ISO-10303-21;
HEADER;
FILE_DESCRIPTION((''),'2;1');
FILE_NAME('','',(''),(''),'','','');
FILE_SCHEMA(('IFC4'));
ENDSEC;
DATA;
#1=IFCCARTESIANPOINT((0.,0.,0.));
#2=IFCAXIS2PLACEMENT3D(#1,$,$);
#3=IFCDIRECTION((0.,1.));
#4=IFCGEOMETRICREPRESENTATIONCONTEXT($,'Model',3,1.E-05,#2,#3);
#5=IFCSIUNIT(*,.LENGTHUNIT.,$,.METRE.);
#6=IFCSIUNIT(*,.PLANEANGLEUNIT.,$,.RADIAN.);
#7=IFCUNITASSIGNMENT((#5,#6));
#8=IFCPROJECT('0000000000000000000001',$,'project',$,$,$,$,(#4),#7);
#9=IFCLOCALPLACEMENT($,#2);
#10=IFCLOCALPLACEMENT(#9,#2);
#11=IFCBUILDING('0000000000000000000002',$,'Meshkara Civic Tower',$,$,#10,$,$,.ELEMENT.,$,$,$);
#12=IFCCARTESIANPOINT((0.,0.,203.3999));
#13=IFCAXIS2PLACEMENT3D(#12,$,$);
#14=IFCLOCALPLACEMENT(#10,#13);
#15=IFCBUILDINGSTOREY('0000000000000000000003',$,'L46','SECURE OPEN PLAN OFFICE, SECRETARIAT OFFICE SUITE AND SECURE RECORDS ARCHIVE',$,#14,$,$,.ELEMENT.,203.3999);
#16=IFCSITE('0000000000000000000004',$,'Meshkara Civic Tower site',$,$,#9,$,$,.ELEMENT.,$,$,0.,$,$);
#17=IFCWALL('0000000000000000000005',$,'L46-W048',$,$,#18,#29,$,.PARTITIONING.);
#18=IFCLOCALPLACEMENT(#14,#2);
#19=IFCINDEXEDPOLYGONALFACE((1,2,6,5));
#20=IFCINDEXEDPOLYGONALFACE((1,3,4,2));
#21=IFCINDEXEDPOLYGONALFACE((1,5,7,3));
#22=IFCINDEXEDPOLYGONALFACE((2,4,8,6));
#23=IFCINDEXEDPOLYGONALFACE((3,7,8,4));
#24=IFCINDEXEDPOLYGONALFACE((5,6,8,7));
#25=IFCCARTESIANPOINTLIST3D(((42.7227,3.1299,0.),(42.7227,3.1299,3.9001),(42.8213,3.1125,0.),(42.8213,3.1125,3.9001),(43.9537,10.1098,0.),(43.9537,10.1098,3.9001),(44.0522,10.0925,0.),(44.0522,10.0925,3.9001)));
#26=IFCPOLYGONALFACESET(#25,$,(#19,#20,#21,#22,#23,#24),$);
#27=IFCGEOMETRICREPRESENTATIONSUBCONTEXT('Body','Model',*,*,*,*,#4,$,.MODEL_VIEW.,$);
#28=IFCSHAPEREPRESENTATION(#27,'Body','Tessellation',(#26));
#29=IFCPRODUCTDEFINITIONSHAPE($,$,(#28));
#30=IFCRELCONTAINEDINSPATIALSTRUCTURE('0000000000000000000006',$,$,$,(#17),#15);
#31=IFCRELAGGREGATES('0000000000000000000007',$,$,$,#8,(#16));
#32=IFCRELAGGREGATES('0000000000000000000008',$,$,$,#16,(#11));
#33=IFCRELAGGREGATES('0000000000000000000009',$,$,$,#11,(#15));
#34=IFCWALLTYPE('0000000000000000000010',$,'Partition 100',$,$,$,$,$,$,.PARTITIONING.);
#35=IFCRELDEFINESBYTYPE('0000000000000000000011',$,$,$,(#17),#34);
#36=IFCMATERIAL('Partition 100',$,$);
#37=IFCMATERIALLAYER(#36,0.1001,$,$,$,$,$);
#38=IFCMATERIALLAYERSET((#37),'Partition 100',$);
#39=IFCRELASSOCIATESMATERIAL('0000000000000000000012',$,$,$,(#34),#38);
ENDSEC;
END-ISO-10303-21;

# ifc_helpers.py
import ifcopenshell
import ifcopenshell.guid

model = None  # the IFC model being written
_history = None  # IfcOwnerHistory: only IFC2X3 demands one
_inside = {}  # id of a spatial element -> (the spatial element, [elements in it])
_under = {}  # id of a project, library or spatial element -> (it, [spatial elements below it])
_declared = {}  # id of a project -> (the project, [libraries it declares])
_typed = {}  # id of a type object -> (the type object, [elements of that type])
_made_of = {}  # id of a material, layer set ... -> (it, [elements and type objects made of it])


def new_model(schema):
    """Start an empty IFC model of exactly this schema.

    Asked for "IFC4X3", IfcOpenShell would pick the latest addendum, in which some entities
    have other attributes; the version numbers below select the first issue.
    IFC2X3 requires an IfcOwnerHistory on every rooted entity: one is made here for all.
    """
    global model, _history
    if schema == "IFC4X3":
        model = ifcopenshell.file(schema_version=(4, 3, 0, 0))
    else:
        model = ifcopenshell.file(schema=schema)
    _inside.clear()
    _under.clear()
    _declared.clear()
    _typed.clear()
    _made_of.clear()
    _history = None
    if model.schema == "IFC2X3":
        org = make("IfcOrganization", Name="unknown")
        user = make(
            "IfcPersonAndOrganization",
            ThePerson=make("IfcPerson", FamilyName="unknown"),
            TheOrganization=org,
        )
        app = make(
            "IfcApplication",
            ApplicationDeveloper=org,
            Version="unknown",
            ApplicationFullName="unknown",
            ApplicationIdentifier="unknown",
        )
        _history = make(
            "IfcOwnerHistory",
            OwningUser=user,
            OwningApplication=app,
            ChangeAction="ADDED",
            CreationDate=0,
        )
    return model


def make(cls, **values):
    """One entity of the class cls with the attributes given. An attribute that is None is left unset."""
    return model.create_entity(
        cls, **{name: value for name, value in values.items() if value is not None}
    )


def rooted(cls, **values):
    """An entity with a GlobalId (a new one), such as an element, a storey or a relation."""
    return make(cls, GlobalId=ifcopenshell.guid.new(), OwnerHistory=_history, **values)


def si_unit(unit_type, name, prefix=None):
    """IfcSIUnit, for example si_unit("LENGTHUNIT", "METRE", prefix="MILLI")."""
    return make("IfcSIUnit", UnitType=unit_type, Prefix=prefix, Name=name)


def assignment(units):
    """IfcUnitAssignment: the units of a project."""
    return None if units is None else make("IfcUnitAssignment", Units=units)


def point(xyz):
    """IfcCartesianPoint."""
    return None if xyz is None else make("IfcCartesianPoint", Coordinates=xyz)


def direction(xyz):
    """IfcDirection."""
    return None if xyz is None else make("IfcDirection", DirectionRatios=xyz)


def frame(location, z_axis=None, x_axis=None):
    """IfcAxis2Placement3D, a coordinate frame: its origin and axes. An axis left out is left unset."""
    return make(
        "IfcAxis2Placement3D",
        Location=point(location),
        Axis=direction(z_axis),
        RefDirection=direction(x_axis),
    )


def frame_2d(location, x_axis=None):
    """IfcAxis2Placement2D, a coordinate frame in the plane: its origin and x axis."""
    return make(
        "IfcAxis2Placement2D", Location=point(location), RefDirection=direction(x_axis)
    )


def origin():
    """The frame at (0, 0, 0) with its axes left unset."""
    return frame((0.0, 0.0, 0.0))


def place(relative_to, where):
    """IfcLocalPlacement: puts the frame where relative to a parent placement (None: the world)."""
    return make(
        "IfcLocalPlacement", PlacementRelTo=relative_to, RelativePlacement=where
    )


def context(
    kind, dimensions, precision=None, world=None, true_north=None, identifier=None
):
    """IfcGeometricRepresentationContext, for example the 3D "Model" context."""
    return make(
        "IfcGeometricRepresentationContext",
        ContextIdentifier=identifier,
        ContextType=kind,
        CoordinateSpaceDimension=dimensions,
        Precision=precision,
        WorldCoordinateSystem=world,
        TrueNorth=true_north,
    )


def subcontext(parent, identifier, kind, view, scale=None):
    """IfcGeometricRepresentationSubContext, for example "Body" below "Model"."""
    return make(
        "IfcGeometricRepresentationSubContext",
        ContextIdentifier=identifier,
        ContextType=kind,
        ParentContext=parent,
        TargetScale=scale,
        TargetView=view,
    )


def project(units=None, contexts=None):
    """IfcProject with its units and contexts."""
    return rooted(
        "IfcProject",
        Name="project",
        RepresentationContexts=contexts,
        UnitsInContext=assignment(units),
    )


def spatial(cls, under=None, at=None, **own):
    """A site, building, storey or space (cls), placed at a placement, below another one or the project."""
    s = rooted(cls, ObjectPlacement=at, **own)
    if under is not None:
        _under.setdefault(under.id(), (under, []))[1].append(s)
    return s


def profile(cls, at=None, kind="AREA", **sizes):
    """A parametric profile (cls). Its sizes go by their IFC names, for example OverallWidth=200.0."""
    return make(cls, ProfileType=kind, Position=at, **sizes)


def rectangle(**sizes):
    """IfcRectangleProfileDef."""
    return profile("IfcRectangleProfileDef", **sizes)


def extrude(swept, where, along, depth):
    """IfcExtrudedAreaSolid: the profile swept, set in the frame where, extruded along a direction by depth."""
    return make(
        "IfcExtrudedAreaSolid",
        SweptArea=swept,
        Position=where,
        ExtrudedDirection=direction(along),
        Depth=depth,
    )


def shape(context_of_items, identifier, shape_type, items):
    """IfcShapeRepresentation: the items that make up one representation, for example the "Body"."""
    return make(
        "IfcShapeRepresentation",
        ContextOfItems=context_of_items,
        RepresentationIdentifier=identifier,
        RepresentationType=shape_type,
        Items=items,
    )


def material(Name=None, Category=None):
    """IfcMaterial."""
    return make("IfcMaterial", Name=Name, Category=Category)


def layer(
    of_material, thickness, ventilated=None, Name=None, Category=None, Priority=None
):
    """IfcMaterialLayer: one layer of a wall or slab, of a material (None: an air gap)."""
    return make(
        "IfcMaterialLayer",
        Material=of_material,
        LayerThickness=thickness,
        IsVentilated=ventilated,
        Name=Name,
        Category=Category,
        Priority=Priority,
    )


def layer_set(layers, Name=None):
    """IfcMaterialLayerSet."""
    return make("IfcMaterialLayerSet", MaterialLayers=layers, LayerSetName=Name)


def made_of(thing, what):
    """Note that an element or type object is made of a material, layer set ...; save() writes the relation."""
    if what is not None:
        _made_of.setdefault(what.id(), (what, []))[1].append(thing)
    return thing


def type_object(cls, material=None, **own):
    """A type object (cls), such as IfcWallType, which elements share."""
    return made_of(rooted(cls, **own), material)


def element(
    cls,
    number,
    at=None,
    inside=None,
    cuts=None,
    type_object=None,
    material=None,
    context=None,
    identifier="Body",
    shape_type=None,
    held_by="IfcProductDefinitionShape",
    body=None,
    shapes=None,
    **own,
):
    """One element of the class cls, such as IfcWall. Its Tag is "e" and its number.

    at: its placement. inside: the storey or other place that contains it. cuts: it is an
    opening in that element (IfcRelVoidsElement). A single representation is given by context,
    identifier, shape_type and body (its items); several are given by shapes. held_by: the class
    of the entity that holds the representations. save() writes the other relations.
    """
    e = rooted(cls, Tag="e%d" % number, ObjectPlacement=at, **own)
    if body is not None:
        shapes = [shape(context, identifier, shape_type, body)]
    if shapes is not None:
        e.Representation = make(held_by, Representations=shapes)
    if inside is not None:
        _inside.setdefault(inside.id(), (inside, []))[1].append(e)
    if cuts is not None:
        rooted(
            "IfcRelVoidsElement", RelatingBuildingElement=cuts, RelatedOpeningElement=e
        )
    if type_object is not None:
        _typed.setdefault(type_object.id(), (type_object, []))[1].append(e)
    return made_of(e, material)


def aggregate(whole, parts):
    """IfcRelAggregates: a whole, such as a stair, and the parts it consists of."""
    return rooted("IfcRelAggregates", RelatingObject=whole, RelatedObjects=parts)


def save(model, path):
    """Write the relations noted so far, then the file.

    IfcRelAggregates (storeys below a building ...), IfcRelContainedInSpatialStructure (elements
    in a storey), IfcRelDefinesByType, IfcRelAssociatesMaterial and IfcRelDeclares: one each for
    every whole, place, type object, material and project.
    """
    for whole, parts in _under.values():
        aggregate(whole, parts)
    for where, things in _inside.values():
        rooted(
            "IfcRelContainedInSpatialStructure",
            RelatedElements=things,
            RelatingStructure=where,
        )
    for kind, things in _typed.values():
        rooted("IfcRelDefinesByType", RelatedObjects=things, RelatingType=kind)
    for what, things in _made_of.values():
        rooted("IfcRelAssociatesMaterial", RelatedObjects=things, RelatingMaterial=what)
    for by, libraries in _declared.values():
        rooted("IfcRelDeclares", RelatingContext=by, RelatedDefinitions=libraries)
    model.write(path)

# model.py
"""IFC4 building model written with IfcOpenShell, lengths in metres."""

from ifc_helpers import new_model, si_unit, direction, frame, frame_2d, origin, place, context, subcontext, project, spatial, rectangle, extrude, material, layer, layer_set, type_object, element, save


model = new_model("IFC4")

# Units and contexts
model_context = context("Model", 3, precision=1e-05, world=origin(), true_north=direction((0.0, 1.0)))
body_context = subcontext(model_context, "Body", "Model", "MODEL_VIEW")
ifc_project = project(units=[si_unit("LENGTHUNIT", "METRE"), si_unit("PLANEANGLEUNIT", "RADIAN")], contexts=[model_context])

# Site, building, storey
site_placement = place(None, origin())
site = spatial("IfcSite", under=ifc_project, at=site_placement, Name="Meshkara Civic Tower site", CompositionType="ELEMENT", RefElevation=0.0)
building_placement = place(site_placement, origin())
building = spatial("IfcBuilding", under=site, at=building_placement, Name="Meshkara Civic Tower", CompositionType="ELEMENT")
storey_placement = place(building_placement, frame((0.0, 0.0, 203.3999)))
storey = spatial("IfcBuildingStorey", under=building, at=storey_placement, Name="L46", Description="SECURE OPEN PLAN OFFICE, SECRETARIAT OFFICE SUITE AND SECURE RECORDS ARCHIVE", CompositionType="ELEMENT", Elevation=203.3999)

# Wall
ifc_material_1 = material(Name="Partition 100")
ifc_layer_1 = layer(ifc_material_1, 0.1001)
ifc_layer_set_1 = layer_set([ifc_layer_1], Name="Partition 100")
wall_type_1 = type_object("IfcWallType", Name="Partition 100", PredefinedType="PARTITIONING", material=ifc_layer_set_1)
wall_1_placement = place(storey_placement, frame((42.772, 3.1211, 0.0), z_axis=(0.0, 0.0, 1.0), x_axis=(0.173675, 0.984803, 0.0)))
element("IfcWall", 1, at=wall_1_placement, inside=storey, type_object=wall_type_1, Name="L46-W048", PredefinedType="PARTITIONING", context=body_context, shape_type="SweptSolid", body=[
    extrude(rectangle(XDim=7.0876, YDim=0.1001, at=frame_2d((3.5439, 0.0))), origin(), (0.0, 0.0, 1.0), 3.9001),
])

save(model, "model.ifc")
